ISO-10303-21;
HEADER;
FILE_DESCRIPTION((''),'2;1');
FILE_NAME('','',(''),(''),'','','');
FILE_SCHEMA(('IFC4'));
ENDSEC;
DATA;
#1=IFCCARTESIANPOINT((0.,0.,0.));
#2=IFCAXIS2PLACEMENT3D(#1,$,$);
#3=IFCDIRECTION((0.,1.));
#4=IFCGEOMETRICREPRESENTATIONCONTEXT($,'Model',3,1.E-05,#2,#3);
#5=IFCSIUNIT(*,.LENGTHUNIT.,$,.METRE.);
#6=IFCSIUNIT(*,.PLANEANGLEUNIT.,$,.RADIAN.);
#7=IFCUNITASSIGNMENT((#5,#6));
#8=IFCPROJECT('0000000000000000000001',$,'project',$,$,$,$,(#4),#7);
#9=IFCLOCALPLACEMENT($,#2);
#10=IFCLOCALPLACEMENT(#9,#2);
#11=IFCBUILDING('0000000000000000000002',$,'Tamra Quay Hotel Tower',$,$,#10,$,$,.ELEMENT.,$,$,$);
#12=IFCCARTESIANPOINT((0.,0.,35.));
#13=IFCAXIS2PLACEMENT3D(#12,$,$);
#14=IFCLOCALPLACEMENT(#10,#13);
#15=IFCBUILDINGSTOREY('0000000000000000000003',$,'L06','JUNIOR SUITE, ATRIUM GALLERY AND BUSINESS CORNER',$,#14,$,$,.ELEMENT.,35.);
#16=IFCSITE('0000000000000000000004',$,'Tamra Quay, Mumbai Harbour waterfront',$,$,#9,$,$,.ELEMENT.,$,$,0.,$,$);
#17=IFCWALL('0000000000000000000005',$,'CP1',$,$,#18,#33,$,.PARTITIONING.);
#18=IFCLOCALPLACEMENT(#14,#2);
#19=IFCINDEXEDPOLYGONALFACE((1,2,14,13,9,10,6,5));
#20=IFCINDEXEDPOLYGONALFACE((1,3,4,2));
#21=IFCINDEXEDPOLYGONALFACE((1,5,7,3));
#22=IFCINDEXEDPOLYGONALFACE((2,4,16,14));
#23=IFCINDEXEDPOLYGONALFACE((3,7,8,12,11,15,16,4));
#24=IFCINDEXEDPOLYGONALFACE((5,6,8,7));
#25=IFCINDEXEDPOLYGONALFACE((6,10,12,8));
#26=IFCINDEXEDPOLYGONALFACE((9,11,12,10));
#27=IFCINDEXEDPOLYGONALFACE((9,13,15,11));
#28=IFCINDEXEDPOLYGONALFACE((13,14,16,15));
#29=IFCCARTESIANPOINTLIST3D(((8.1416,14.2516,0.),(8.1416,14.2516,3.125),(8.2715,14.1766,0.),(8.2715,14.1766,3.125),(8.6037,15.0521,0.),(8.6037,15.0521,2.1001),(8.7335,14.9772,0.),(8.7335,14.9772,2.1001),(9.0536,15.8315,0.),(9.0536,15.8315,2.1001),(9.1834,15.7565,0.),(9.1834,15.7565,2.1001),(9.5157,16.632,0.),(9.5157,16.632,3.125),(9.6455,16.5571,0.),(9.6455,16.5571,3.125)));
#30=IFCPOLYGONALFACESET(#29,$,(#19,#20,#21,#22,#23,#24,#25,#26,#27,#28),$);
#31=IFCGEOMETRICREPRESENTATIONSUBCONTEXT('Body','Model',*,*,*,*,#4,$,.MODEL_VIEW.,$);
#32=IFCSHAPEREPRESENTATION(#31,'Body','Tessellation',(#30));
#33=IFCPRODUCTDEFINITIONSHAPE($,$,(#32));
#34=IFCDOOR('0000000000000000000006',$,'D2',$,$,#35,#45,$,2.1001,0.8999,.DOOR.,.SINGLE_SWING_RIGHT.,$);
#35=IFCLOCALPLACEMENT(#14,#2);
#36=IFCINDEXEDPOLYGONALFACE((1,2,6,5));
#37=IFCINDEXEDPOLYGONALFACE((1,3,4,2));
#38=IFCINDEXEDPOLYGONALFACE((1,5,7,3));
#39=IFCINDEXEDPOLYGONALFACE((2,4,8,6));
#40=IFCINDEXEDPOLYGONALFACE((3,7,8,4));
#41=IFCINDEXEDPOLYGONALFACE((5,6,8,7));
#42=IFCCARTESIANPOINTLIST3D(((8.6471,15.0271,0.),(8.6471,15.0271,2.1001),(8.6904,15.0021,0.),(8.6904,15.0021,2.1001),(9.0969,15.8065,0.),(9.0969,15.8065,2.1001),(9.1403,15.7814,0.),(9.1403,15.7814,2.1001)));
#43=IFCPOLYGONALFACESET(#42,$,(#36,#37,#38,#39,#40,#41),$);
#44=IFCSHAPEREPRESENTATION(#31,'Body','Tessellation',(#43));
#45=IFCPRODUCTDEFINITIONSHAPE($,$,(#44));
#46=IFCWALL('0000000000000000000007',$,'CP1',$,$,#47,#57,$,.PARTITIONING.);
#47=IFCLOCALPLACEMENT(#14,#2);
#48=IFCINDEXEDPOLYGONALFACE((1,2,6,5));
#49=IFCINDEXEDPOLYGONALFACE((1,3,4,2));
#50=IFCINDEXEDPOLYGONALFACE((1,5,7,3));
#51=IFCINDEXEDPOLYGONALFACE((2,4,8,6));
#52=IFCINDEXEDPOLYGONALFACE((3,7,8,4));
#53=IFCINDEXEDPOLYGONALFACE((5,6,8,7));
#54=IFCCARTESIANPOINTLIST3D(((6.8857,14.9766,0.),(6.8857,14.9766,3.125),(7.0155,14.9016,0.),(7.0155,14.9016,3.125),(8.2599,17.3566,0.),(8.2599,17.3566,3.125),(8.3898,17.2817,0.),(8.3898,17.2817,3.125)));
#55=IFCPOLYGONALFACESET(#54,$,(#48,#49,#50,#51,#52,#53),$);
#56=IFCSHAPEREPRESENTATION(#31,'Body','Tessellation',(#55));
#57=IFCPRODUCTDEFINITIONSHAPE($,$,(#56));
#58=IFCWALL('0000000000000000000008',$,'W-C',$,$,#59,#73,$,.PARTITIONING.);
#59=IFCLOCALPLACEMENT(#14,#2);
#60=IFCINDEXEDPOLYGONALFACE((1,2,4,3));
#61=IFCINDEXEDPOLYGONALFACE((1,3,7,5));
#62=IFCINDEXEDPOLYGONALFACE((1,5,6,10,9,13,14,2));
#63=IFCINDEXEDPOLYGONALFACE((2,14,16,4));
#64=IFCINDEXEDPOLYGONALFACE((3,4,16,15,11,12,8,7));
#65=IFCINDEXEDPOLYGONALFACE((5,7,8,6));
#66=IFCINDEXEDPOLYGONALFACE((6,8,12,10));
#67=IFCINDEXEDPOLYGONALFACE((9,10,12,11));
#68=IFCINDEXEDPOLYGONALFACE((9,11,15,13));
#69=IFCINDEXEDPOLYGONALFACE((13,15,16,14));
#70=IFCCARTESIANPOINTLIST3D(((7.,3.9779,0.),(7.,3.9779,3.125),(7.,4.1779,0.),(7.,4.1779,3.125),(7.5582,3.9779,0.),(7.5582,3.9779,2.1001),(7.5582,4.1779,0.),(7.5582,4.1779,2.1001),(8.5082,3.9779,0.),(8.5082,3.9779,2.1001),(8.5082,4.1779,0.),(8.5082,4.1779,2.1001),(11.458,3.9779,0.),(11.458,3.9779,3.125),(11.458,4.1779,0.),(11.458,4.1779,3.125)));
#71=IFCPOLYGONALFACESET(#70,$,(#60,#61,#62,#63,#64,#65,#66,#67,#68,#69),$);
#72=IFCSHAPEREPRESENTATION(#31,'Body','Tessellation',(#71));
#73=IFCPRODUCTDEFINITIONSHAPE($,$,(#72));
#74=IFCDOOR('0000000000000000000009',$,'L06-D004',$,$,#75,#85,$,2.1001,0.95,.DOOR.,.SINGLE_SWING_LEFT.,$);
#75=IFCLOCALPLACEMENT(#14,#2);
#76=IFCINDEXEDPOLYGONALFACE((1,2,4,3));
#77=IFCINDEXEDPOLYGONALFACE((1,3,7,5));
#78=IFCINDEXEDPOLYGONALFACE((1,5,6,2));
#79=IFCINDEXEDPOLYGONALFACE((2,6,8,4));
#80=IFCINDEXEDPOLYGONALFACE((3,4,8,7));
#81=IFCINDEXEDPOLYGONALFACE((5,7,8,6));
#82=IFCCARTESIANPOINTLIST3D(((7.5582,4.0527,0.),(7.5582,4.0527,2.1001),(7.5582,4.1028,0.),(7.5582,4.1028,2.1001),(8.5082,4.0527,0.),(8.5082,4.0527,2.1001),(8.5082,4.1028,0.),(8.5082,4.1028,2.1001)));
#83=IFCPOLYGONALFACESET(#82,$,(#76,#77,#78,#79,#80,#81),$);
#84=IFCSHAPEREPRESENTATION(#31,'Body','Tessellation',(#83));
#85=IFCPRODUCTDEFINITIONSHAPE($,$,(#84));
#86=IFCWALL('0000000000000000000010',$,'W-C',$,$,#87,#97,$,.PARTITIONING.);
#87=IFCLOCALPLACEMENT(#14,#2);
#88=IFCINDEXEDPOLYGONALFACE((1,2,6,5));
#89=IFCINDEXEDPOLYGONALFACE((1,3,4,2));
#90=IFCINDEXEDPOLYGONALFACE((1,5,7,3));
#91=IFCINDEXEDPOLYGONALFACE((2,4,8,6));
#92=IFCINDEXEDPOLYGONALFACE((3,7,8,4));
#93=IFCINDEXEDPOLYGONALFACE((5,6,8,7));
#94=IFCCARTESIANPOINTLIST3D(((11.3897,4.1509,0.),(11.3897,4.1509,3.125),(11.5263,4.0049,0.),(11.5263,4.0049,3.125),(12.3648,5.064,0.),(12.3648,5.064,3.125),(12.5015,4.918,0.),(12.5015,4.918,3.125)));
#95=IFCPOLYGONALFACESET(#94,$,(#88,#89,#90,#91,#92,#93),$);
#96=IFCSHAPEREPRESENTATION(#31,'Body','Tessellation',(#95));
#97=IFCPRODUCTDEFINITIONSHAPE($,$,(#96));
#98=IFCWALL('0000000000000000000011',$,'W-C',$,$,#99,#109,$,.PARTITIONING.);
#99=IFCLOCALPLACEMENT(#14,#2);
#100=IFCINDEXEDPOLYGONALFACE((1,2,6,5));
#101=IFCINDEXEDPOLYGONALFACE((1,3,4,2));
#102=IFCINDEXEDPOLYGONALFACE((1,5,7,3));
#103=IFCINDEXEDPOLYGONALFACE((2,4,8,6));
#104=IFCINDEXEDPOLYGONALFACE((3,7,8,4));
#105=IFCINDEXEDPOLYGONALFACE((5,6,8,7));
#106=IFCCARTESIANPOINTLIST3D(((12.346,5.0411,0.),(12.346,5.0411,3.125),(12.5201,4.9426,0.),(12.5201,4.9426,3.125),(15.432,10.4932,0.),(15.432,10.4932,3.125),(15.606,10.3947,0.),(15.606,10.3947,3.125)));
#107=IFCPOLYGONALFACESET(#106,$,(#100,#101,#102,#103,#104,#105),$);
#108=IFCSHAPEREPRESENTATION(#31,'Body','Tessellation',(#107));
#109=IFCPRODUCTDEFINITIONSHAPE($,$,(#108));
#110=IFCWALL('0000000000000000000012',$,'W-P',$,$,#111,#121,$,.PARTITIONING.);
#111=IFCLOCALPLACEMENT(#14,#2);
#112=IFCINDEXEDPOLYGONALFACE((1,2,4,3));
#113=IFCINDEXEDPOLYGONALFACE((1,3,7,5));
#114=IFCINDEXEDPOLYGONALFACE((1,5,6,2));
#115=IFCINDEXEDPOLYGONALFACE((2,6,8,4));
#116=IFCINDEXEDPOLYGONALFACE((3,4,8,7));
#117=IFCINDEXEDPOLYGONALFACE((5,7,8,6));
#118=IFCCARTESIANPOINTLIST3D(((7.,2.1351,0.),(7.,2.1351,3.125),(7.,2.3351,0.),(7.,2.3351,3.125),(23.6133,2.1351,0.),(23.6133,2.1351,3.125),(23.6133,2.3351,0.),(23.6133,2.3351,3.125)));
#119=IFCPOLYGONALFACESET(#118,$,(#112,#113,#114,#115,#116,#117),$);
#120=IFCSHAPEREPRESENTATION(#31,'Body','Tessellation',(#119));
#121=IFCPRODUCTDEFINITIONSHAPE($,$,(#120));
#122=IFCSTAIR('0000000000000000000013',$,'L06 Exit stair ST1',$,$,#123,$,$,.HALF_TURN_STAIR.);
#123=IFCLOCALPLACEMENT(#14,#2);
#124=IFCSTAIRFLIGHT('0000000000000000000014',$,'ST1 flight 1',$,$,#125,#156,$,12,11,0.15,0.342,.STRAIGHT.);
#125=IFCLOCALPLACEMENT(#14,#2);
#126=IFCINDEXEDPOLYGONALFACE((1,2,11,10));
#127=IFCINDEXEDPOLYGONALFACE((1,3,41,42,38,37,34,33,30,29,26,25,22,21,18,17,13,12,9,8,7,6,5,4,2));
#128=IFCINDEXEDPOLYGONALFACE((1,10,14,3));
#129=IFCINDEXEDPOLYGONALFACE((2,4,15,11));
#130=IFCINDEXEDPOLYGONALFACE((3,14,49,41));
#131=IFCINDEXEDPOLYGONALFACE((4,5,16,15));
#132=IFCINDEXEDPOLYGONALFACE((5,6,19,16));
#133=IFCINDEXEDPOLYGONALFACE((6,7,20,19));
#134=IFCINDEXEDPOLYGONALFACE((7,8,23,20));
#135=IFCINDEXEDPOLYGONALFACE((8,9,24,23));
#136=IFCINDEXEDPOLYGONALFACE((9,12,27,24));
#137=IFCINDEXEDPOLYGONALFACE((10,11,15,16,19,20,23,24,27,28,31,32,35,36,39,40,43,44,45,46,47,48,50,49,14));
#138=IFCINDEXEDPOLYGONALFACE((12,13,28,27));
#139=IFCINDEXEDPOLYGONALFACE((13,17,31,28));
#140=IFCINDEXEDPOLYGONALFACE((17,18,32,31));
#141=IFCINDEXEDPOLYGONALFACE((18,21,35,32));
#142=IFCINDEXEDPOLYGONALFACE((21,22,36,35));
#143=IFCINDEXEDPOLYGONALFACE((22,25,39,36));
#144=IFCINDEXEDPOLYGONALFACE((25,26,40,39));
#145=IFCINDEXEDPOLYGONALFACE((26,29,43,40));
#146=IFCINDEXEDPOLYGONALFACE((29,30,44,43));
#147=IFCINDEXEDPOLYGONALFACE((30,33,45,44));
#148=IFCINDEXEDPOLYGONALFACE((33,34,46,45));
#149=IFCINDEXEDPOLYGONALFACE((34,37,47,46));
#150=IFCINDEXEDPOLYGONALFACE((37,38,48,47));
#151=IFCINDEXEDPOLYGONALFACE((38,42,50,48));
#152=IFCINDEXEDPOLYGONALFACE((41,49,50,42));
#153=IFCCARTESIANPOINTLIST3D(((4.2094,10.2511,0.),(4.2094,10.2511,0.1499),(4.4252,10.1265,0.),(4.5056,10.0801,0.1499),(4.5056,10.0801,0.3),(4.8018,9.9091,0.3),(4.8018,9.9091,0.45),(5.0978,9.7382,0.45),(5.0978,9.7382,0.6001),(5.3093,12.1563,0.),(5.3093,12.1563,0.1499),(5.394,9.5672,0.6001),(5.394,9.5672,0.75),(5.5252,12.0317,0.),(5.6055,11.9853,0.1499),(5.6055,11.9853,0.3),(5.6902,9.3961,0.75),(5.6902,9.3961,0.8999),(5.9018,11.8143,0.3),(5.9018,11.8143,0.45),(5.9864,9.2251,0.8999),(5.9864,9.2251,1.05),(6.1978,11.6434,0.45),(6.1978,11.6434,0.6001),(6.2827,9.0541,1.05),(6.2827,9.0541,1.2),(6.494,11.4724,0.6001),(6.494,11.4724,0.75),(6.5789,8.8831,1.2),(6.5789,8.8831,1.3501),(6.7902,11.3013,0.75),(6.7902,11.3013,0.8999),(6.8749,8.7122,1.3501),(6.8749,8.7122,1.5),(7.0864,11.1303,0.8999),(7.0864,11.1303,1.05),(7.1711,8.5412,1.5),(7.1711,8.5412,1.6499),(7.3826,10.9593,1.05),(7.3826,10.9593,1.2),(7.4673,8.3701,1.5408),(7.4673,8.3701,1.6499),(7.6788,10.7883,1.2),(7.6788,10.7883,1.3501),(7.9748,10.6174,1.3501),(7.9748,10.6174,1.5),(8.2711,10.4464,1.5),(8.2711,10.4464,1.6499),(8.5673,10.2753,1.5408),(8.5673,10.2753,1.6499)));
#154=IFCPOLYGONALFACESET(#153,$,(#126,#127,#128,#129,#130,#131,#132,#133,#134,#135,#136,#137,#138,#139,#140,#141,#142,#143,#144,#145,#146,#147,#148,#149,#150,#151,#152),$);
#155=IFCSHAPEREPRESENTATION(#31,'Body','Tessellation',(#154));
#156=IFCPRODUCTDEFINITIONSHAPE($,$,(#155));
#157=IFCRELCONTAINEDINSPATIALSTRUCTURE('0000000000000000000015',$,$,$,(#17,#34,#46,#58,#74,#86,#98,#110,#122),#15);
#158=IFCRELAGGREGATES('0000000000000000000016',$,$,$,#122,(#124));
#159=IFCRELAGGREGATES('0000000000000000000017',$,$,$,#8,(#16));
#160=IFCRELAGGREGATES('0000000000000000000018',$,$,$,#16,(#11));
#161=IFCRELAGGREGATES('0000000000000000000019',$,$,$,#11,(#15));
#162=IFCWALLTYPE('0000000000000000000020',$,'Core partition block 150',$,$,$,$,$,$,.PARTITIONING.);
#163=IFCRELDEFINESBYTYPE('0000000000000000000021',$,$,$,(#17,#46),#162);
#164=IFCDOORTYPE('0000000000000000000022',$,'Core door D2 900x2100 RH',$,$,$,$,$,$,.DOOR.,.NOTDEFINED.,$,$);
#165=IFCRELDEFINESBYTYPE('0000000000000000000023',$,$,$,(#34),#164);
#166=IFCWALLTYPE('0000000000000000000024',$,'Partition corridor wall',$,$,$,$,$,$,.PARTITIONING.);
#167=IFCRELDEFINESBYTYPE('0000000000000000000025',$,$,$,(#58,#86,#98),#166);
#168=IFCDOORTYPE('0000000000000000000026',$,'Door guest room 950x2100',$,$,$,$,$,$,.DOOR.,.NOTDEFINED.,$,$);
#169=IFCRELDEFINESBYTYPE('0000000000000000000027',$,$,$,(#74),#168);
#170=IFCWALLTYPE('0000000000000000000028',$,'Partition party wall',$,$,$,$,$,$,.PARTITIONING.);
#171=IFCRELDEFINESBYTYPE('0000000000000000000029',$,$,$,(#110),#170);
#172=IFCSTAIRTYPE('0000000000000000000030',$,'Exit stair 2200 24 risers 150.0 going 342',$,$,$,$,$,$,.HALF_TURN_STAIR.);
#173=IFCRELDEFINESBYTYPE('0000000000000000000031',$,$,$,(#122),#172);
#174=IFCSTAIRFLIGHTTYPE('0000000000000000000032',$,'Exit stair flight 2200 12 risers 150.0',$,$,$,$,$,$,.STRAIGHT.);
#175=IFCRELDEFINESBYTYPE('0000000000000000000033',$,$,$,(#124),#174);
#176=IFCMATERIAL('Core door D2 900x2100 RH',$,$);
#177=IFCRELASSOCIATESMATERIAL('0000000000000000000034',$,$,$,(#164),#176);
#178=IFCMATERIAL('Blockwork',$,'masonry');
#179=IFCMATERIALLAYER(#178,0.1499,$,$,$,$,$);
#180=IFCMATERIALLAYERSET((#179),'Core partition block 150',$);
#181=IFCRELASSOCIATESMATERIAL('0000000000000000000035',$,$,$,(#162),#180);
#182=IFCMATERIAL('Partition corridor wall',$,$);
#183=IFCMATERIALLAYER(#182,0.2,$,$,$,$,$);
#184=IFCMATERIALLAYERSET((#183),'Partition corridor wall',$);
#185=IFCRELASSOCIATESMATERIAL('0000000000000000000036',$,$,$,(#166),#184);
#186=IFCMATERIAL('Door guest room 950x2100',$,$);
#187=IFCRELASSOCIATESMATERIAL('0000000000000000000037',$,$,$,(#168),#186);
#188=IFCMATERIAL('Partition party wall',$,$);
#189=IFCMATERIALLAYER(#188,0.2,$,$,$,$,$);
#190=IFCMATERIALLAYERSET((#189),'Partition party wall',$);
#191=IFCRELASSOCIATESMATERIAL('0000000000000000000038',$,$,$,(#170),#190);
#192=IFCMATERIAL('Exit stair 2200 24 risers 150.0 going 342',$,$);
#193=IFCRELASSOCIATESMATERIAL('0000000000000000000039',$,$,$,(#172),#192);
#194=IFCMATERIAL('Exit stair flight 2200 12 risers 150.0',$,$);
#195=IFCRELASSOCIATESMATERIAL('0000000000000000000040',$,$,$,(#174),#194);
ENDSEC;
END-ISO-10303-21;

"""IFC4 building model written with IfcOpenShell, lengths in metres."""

from ifc_helpers import new_model, si_unit, direction, frame, frame_2d, origin, place, context, subcontext, project, spatial, polyline, rectangle, outline, extrude, material, layer, layer_set, type_object, element, fill, aggregate, save


model = new_model("IFC4")

# Units and contexts
model_context = context("Model", 3, precision=1e-05, world=origin(), true_north=direction((0.0, 1.0)))
body_context = subcontext(model_context, "Body", "Model", "MODEL_VIEW")
ifc_project = project(units=[si_unit("LENGTHUNIT", "METRE"), si_unit("PLANEANGLEUNIT", "RADIAN")], contexts=[model_context])

# Site, building, storey
site_placement = place(None, origin())
site = spatial("IfcSite", under=ifc_project, at=site_placement, Name="Tamra Quay, Mumbai Harbour waterfront", CompositionType="ELEMENT", RefElevation=0.0)
building_placement = place(site_placement, origin())
building = spatial("IfcBuilding", under=site, at=building_placement, Name="Tamra Quay Hotel Tower", CompositionType="ELEMENT")
storey_placement = place(building_placement, frame((0.0, 0.0, 35.0)))
storey = spatial("IfcBuildingStorey", under=building, at=storey_placement, Name="L06", Description="JUNIOR SUITE, ATRIUM GALLERY AND BUSINESS CORNER", CompositionType="ELEMENT", Elevation=35.0)

# Shared definitions
ifc_material_1 = material(Name="Core door D2 900x2100 RH")
door_type_1 = type_object("IfcDoorType", Name="Core door D2 900x2100 RH", OperationType="NOTDEFINED", PredefinedType="DOOR", material=ifc_material_1)

# Wall, opening, door
ifc_material_2 = material(Name="Blockwork", Category="masonry")
ifc_layer_1 = layer(ifc_material_2, 0.1499)
ifc_layer_set_1 = layer_set([ifc_layer_1], Name="Core partition block 150")
wall_type_1 = type_object("IfcWallType", Name="Core partition block 150", PredefinedType="PARTITIONING", material=ifc_layer_set_1)
wall_1_placement = place(storey_placement, frame((8.2065, 14.2141, 0.0), z_axis=(0.0, 0.0, 1.0), x_axis=(0.499922, 0.86607, 0.0)))
wall_1 = element("IfcWall", 1, at=wall_1_placement, inside=storey, type_object=wall_type_1, Name="CP1", PredefinedType="PARTITIONING", context=body_context, shape_type="SweptSolid", body=[
    extrude(rectangle(XDim=2.7485, YDim=0.1499, at=frame_2d((1.3743, 0.0))), origin(), (0.0, 0.0, 1.0), 3.125),
])
opening_1_placement = place(wall_1_placement, frame((0.9243, 0.0, 0.0)))
opening_1 = element("IfcOpeningElement", 2, at=opening_1_placement, cuts=wall_1, PredefinedType="OPENING", context=body_context, shape_type="SweptSolid", body=[
    extrude(rectangle(XDim=0.8999, YDim=2.1001, at=frame_2d((0.45, 1.05))), frame((0.0, 0.085, 0.0), z_axis=(0.0, -1.0, 0.0), x_axis=(1.0, 0.0, 0.0)), (0.0, 0.0, 1.0), 0.1699),
])
door_1_placement = place(opening_1_placement, origin())
door_1 = element("IfcDoor", 3, at=door_1_placement, inside=storey, type_object=door_type_1, Name="D2", OperationType="SINGLE_SWING_RIGHT", OverallHeight=2.1001, OverallWidth=0.8999, PredefinedType="DOOR", context=body_context, shape_type="SweptSolid", body=[
    extrude(rectangle(XDim=0.8999, YDim=2.1001, at=frame_2d((0.45, 1.05))), frame((0.0, 0.0249, 0.0), z_axis=(0.0, -1.0, 0.0), x_axis=(1.0, 0.0, 0.0)), (0.0, 0.0, 1.0), 0.05),
])
fill(opening_1, door_1)

# Wall
wall_2_placement = place(storey_placement, frame((6.9507, 14.9392, 0.0), z_axis=(0.0, 0.0, 1.0), x_axis=(0.500027, 0.86601, 0.0)))
element("IfcWall", 4, at=wall_2_placement, inside=storey, type_object=wall_type_1, Name="CP1", PredefinedType="PARTITIONING", context=body_context, shape_type="SweptSolid", body=[
    extrude(rectangle(XDim=2.7483, YDim=0.1499, at=frame_2d((1.374, 0.0))), origin(), (0.0, 0.0, 1.0), 3.125),
])

# Wall, opening, door
ifc_material_3 = material(Name="Partition corridor wall")
ifc_layer_2 = layer(ifc_material_3, 0.2)
ifc_layer_set_2 = layer_set([ifc_layer_2], Name="Partition corridor wall")
wall_type_2 = type_object("IfcWallType", Name="Partition corridor wall", PredefinedType="PARTITIONING", material=ifc_layer_set_2)
wall_3_placement = place(storey_placement, frame((7.0, 4.0779, 0.0), z_axis=(0.0, 0.0, 1.0), x_axis=(1.0, 0.0, 0.0)))
wall_3 = element("IfcWall", 5, at=wall_3_placement, inside=storey, type_object=wall_type_2, Name="W-C", PredefinedType="PARTITIONING", context=body_context, shape_type="SweptSolid", body=[
    extrude(rectangle(XDim=4.458, YDim=0.2, at=frame_2d((2.229, 0.0))), origin(), (0.0, 0.0, 1.0), 3.125),
])
opening_2_placement = place(wall_3_placement, frame((0.5581, 0.0, 0.0)))
opening_2 = element("IfcOpeningElement", 6, at=opening_2_placement, cuts=wall_3, PredefinedType="OPENING", context=body_context, shape_type="SweptSolid", body=[
    extrude(rectangle(XDim=0.95, YDim=2.1001, at=frame_2d((0.4751, 1.05))), frame((0.0, 0.1099, 0.0), z_axis=(0.0, -1.0, 0.0), x_axis=(1.0, 0.0, 0.0)), (0.0, 0.0, 1.0), 0.22),
])
ifc_material_4 = material(Name="Door guest room 950x2100")
door_type_2 = type_object("IfcDoorType", Name="Door guest room 950x2100", OperationType="NOTDEFINED", PredefinedType="DOOR", material=ifc_material_4)
door_2_placement = place(opening_2_placement, origin())
door_2 = element("IfcDoor", 7, at=door_2_placement, inside=storey, type_object=door_type_2, Name="L06-D004", OperationType="SINGLE_SWING_LEFT", OverallHeight=2.1001, OverallWidth=0.95, PredefinedType="DOOR", context=body_context, shape_type="SweptSolid", body=[
    extrude(rectangle(XDim=0.95, YDim=2.1001, at=frame_2d((0.4751, 1.05))), frame((0.0, 0.0249, 0.0), z_axis=(0.0, -1.0, 0.0), x_axis=(1.0, 0.0, 0.0)), (0.0, 0.0, 1.0), 0.05),
])
fill(opening_2, door_2)

# Walls
wall_4_placement = place(storey_placement, frame((11.458, 4.0779, 0.0), z_axis=(0.0, 0.0, 1.0), x_axis=(0.729936, 0.683515, 0.0)))
element("IfcWall", 8, at=wall_4_placement, inside=storey, type_object=wall_type_2, Name="W-C", PredefinedType="PARTITIONING", context=body_context, shape_type="SweptSolid", body=[
    extrude(rectangle(XDim=1.3359, YDim=0.2, at=frame_2d((0.668, 0.0))), origin(), (0.0, 0.0, 1.0), 3.125),
])
wall_5_placement = place(storey_placement, frame((12.4331, 4.9919, 0.0), z_axis=(0.0, 0.0, 1.0), x_axis=(0.492576, 0.870269, 0.0)))
element("IfcWall", 9, at=wall_5_placement, inside=storey, type_object=wall_type_2, Name="W-C", PredefinedType="PARTITIONING", context=body_context, shape_type="SweptSolid", body=[
    extrude(rectangle(XDim=6.2649, YDim=0.2, at=frame_2d((3.1323, 0.0))), origin(), (0.0, 0.0, 1.0), 3.125),
])
ifc_material_5 = material(Name="Partition party wall")
ifc_layer_3 = layer(ifc_material_5, 0.2)
ifc_layer_set_3 = layer_set([ifc_layer_3], Name="Partition party wall")
wall_type_3 = type_object("IfcWallType", Name="Partition party wall", PredefinedType="PARTITIONING", material=ifc_layer_set_3)
wall_6_placement = place(storey_placement, frame((7.0, 2.2351, 0.0), z_axis=(0.0, 0.0, 1.0), x_axis=(1.0, 0.0, 0.0)))
element("IfcWall", 10, at=wall_6_placement, inside=storey, type_object=wall_type_3, Name="W-P", PredefinedType="PARTITIONING", context=body_context, shape_type="SweptSolid", body=[
    extrude(rectangle(XDim=16.6133, YDim=0.2, at=frame_2d((8.3066, 0.0))), origin(), (0.0, 0.0, 1.0), 3.125),
])

# Stair, stair flight
ifc_material_6 = material(Name="Exit stair 2200 24 risers 150.0 going 342")
stair_type = type_object("IfcStairType", Name="Exit stair 2200 24 risers 150.0 going 342", PredefinedType="HALF_TURN_STAIR", material=ifc_material_6)
stair_placement = place(storey_placement, origin())
stair = element("IfcStair", 11, at=stair_placement, inside=storey, type_object=stair_type, Name="L06 Exit stair ST1", PredefinedType="HALF_TURN_STAIR")
ifc_material_7 = material(Name="Exit stair flight 2200 12 risers 150.0")
stair_flight_type = type_object("IfcStairFlightType", Name="Exit stair flight 2200 12 risers 150.0", PredefinedType="STRAIGHT", material=ifc_material_7)
stair_flight_1_placement = place(storey_placement, frame((4.7593, 11.2036, 0.0), z_axis=(0.0, 0.0, 1.0), x_axis=(0.866025, -0.5, 0.0)))
stair_flight_1 = element("IfcStairFlight", 12, at=stair_flight_1_placement, type_object=stair_flight_type, Name="ST1 flight 1", NumberOfRisers=12, NumberOfTreads=11, PredefinedType="STRAIGHT", RiserHeight=0.15, TreadLength=0.342, context=body_context, shape_type="SweptSolid", body=[
    extrude(outline(polyline([(0.0, 0.0), (0.0, 0.1499), (0.342, 0.1499), (0.342, 0.3), (0.6841, 0.3), (0.6841, 0.45), (1.0259, 0.45), (1.0259, 0.6001), (1.3679, 0.6001), (1.3679, 0.75), (1.71, 0.75), (1.71, 0.8999), (2.052, 0.8999), (2.052, 1.05), (2.394, 1.05), (2.394, 1.2), (2.7361, 1.2), (2.7361, 1.3501), (3.0779, 1.3501), (3.0779, 1.5), (3.4199, 1.5), (3.4199, 1.6499), (3.762, 1.6499), (3.762, 1.8), (3.762, 1.5408), (0.2493, 0.0), (0.0, 0.0)])), frame((0.0, 1.1001, 0.0), z_axis=(0.0, -1.0, 0.0), x_axis=(1.0, 0.0, 0.0)), (0.0, 0.0, 1.0), 2.2),
])
aggregate(stair, [stair_flight_1])

save(model, "model.ifc")
